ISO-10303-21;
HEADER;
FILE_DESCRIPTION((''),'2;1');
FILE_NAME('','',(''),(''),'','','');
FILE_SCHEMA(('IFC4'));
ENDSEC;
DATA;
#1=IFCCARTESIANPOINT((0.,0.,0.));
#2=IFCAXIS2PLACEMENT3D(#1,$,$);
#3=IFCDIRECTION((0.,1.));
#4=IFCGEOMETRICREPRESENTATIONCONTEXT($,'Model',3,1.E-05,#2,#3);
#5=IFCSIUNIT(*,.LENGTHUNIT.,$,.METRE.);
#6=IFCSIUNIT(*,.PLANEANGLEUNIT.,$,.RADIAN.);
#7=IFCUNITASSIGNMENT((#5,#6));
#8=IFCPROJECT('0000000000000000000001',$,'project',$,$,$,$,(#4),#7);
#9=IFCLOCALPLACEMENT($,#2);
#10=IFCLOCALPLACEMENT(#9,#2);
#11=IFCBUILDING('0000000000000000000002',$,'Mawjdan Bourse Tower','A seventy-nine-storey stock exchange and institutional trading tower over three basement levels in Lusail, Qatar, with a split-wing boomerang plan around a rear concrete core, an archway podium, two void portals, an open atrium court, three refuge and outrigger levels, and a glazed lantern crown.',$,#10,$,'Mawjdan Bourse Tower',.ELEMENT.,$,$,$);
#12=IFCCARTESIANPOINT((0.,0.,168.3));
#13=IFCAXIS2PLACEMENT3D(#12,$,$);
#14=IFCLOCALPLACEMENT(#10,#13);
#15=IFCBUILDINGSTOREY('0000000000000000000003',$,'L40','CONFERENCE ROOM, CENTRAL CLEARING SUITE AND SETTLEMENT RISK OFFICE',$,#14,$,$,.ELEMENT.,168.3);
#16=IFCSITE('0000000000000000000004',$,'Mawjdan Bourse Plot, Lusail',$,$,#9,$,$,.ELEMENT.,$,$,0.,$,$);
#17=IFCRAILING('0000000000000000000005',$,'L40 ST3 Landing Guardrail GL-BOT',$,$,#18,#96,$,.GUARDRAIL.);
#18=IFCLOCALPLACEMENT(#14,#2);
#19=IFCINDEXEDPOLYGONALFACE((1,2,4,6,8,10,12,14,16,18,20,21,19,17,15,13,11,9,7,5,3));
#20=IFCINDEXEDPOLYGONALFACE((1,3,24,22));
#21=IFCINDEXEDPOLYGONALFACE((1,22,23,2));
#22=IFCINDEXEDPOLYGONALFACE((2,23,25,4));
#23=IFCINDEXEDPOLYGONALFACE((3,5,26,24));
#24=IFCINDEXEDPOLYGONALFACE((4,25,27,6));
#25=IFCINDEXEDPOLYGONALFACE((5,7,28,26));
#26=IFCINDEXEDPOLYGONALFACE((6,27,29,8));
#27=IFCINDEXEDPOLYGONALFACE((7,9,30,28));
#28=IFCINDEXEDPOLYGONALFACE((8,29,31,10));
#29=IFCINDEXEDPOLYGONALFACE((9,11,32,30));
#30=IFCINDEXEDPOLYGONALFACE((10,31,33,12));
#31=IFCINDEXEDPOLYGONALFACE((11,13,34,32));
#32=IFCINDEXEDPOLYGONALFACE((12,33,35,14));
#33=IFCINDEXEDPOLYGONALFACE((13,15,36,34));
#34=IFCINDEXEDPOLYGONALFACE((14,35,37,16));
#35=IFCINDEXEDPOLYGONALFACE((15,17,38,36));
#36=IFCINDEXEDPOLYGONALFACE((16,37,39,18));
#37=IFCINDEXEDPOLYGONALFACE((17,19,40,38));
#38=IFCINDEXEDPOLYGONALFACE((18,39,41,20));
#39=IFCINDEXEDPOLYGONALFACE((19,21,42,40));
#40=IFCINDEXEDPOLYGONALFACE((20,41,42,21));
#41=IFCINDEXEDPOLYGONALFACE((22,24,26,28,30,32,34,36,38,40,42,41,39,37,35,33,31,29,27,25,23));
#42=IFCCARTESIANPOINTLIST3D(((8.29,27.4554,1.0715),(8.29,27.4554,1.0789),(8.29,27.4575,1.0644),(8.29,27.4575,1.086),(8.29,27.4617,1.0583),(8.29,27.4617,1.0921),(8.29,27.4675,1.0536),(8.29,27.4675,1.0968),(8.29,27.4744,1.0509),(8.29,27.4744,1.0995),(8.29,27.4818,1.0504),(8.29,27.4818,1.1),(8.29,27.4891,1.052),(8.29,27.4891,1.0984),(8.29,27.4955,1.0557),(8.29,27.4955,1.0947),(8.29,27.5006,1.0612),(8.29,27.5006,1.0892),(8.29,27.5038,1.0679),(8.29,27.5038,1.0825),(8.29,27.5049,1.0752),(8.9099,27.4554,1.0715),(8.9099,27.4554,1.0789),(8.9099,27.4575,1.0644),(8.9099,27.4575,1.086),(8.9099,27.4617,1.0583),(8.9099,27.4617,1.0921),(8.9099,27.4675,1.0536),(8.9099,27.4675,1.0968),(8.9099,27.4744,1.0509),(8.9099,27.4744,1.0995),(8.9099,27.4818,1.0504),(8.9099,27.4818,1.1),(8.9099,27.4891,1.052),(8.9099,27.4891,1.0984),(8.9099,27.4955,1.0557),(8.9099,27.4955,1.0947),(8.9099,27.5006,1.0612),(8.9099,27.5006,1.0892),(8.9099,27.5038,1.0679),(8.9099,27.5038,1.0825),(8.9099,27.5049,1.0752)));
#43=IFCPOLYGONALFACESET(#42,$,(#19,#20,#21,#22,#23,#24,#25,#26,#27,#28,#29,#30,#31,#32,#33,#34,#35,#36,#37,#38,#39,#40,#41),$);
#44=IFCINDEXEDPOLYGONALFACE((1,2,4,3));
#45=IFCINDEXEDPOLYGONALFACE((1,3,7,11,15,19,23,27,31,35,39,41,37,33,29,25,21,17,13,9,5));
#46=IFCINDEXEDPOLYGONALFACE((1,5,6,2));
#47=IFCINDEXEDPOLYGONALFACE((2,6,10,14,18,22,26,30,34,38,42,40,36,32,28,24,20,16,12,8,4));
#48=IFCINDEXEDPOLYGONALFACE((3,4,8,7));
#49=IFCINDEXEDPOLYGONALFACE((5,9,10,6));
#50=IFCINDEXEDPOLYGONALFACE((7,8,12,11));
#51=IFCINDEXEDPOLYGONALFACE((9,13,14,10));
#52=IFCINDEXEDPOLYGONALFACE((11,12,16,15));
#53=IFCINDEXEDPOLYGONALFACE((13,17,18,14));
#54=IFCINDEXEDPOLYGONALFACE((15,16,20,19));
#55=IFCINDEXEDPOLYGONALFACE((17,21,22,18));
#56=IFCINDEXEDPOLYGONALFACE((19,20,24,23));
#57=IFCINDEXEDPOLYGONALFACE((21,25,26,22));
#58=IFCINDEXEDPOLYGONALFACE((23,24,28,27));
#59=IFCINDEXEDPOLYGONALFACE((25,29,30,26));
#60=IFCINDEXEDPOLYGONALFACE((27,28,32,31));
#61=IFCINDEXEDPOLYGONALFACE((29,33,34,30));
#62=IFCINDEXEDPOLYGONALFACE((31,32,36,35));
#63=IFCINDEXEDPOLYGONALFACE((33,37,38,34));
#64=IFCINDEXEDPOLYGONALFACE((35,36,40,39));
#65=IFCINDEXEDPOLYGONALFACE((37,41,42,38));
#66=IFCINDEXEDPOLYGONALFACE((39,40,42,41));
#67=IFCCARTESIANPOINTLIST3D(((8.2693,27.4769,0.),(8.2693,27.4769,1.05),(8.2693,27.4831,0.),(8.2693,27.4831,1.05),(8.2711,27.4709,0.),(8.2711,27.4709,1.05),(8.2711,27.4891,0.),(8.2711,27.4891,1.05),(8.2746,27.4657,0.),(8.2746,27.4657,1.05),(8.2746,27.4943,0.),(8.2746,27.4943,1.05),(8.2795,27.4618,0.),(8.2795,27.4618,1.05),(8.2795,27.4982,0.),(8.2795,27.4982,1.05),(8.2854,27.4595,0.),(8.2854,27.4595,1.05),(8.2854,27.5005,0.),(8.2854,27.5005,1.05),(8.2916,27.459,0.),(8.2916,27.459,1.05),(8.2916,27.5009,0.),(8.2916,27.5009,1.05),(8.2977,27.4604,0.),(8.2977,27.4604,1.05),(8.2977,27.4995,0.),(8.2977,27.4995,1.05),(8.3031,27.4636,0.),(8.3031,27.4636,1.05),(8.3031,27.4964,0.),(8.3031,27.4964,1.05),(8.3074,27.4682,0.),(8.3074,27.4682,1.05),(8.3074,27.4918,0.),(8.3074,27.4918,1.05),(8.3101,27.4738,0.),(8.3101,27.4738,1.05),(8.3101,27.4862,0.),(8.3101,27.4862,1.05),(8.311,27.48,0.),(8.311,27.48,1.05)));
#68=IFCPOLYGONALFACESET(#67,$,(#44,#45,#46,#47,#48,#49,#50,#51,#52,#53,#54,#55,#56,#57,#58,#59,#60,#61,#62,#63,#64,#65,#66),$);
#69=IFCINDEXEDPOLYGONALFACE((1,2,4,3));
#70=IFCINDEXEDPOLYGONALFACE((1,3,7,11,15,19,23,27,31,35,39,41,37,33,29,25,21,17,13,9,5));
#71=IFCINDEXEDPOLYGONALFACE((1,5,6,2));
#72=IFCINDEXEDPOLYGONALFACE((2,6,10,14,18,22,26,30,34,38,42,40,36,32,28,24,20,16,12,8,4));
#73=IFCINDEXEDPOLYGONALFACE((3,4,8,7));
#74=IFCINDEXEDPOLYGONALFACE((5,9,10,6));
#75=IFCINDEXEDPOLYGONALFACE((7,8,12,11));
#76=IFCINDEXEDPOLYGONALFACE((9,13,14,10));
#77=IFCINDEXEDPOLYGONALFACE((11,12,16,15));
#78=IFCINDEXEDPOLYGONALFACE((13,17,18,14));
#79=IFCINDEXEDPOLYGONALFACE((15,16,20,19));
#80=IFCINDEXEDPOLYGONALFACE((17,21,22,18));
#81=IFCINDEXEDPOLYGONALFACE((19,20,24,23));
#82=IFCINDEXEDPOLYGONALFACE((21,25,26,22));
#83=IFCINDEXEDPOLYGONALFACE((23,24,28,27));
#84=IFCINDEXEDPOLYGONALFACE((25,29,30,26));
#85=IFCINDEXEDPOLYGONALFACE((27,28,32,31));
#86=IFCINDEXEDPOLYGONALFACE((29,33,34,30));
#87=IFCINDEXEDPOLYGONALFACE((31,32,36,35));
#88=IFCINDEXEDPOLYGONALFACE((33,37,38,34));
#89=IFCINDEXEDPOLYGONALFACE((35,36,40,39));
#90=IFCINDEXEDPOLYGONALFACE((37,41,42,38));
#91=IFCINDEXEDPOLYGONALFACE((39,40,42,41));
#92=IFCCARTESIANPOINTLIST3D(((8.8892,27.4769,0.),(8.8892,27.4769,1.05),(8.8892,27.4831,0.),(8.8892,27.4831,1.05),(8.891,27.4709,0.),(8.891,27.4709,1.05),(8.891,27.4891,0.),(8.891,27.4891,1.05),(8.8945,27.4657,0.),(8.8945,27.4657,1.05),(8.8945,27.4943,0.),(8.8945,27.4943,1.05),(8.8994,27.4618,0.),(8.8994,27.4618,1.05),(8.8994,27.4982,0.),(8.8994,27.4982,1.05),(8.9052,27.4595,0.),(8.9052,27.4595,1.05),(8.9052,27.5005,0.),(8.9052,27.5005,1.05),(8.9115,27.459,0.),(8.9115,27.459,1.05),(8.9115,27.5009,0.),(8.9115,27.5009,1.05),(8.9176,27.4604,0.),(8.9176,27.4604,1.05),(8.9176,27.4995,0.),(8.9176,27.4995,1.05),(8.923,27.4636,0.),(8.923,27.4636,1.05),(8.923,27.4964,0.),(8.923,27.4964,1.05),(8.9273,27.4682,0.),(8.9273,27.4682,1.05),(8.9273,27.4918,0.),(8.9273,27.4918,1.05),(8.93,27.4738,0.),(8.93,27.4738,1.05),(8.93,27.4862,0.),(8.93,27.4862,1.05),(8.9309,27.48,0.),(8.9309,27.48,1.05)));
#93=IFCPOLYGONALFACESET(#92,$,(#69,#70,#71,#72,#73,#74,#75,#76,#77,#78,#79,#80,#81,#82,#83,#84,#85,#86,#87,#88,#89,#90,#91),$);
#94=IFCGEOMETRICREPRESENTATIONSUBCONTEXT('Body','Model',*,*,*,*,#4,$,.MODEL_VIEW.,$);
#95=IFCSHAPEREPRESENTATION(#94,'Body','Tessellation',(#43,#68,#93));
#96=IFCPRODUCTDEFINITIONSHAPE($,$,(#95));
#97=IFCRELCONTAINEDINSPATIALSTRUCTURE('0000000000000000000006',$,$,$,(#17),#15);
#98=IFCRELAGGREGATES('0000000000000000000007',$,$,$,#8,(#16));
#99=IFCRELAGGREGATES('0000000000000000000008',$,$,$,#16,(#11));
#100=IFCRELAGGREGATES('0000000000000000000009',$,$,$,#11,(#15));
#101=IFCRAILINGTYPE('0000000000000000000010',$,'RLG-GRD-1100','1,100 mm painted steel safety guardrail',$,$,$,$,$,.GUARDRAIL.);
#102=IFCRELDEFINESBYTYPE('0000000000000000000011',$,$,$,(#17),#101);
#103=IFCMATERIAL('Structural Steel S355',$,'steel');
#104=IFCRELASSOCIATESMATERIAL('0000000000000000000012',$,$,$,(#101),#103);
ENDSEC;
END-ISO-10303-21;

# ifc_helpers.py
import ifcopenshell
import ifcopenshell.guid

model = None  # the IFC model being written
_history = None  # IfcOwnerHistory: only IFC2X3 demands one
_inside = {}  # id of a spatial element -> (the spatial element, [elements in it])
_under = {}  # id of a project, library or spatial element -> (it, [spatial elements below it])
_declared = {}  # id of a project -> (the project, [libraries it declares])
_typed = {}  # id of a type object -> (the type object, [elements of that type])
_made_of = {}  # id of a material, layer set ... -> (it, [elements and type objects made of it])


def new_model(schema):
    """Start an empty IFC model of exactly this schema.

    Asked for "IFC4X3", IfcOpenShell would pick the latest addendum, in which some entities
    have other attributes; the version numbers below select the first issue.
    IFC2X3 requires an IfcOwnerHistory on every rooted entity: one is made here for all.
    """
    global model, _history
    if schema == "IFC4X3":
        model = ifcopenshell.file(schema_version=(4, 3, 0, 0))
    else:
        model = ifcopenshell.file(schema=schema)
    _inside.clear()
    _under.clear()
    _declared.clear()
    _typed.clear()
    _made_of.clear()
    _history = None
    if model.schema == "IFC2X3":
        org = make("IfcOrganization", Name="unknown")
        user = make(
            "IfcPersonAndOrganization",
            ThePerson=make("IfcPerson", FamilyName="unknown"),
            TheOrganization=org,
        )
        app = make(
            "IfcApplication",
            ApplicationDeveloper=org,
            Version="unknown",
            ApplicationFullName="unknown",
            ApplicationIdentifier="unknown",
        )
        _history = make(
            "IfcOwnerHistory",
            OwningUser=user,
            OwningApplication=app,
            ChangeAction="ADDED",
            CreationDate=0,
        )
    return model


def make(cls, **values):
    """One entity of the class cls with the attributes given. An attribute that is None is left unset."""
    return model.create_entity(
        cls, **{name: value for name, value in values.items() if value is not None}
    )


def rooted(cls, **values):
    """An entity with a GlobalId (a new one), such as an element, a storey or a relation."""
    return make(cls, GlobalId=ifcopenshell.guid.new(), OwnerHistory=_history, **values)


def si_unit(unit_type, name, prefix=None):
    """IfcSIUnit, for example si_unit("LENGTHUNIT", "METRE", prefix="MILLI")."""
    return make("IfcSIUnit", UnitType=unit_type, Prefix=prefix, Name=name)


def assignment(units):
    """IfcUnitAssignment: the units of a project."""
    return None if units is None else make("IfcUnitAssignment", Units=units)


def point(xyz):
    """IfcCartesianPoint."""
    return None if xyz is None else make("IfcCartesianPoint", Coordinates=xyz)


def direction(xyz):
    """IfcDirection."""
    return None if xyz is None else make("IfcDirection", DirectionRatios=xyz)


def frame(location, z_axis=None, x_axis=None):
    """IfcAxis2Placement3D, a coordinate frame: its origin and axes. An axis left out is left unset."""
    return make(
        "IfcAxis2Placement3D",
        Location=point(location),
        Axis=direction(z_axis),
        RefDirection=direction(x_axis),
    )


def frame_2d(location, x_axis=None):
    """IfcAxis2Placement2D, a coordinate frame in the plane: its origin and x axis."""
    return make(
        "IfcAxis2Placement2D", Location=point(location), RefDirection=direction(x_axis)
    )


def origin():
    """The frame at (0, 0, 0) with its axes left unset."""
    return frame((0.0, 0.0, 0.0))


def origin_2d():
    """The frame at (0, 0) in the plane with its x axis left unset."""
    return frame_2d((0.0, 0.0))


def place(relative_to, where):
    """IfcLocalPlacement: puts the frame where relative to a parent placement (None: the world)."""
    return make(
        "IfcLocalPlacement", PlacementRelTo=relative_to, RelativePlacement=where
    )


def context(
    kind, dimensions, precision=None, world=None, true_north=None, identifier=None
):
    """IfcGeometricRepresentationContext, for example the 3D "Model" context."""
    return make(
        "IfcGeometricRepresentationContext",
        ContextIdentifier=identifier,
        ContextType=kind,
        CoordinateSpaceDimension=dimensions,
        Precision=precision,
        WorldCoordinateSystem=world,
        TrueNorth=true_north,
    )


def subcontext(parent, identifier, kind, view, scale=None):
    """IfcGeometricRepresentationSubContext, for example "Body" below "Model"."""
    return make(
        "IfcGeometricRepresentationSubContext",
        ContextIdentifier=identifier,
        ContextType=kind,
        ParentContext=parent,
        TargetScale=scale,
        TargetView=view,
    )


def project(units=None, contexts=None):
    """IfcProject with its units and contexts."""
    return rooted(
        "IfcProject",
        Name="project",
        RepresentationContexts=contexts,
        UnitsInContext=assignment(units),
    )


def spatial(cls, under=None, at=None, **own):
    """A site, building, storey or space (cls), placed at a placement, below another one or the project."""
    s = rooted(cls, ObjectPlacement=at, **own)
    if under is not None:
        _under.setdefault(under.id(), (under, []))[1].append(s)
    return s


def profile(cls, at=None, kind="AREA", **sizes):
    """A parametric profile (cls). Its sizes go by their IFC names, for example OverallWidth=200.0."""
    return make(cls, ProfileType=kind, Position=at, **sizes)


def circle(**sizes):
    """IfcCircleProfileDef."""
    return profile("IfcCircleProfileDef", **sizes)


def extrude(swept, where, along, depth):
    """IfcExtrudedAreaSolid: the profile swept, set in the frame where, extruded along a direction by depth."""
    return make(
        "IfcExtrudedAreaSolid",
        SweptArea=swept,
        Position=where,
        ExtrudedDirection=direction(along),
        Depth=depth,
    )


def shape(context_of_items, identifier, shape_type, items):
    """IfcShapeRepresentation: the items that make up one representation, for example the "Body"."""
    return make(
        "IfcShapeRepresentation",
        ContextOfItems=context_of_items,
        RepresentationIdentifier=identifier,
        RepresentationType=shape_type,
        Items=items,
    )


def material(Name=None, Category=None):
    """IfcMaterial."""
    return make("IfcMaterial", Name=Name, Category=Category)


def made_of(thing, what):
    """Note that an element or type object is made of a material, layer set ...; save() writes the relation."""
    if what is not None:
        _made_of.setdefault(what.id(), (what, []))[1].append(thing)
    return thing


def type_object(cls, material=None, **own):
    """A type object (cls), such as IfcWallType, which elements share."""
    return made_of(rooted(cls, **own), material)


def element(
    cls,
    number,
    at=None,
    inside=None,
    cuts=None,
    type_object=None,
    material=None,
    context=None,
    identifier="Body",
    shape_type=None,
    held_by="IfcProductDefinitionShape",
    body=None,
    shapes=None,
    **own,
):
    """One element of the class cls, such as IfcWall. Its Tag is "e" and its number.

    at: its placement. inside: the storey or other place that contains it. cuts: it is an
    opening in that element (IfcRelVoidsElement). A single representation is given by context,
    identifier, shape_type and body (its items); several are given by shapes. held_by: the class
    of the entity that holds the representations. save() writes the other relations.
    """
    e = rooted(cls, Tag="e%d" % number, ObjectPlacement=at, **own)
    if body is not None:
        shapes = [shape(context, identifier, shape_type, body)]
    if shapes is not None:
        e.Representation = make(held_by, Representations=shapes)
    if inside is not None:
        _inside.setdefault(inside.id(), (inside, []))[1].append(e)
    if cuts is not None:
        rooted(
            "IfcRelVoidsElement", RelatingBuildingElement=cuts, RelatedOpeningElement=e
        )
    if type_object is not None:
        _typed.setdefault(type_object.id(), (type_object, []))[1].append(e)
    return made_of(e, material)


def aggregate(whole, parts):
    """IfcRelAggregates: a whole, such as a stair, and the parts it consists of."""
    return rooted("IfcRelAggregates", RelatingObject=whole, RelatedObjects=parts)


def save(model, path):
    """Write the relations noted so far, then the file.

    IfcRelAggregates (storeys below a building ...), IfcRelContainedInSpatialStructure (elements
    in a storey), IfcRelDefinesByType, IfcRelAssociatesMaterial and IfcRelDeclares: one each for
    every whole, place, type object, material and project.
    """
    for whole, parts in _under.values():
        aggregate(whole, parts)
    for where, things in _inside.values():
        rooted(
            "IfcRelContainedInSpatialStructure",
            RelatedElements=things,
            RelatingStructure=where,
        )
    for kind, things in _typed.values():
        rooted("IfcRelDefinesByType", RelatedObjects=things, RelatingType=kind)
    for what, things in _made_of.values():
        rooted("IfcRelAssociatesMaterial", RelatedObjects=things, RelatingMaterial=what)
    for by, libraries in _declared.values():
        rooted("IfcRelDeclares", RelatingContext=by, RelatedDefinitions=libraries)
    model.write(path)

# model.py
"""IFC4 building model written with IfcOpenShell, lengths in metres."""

from ifc_helpers import new_model, si_unit, direction, frame, origin, origin_2d, place, context, subcontext, project, spatial, circle, extrude, material, type_object, element, save


model = new_model("IFC4")

# Units and contexts
model_context = context("Model", 3, precision=1e-05, world=origin(), true_north=direction((0.0, 1.0)))
body_context = subcontext(model_context, "Body", "Model", "MODEL_VIEW")
ifc_project = project(units=[si_unit("LENGTHUNIT", "METRE"), si_unit("PLANEANGLEUNIT", "RADIAN")], contexts=[model_context])

# Site, building, storey
site_placement = place(None, origin())
site = spatial("IfcSite", under=ifc_project, at=site_placement, Name="Mawjdan Bourse Plot, Lusail", CompositionType="ELEMENT", RefElevation=0.0)
building_placement = place(site_placement, origin())
building = spatial("IfcBuilding", under=site, at=building_placement, Name="Mawjdan Bourse Tower", Description="A seventy-nine-storey stock exchange and institutional trading tower over three basement levels in Lusail, Qatar, with a split-wing boomerang plan around a rear concrete core, an archway podium, two void portals, an open atrium court, three refuge and outrigger levels, and a glazed lantern crown.", LongName="Mawjdan Bourse Tower", CompositionType="ELEMENT")
storey_placement = place(building_placement, frame((0.0, 0.0, 168.3)))
storey = spatial("IfcBuildingStorey", under=building, at=storey_placement, Name="L40", Description="CONFERENCE ROOM, CENTRAL CLEARING SUITE AND SETTLEMENT RISK OFFICE", CompositionType="ELEMENT", Elevation=168.3)

# Shared definitions
ifc_material_1 = material(Name="Structural Steel S355", Category="steel")

# Railing
railing_type_1 = type_object("IfcRailingType", Name="RLG-GRD-1100", Description="1,100 mm painted steel safety guardrail", PredefinedType="GUARDRAIL", material=ifc_material_1)
for number, where, name in (
    (1, (8.29, 27.48, 0.0), "L40 ST3 Landing Guardrail GL-BOT"),
):
    element("IfcRailing", number, at=place(storey_placement, frame(where)), inside=storey, type_object=railing_type_1, Name=name, PredefinedType="GUARDRAIL", context=body_context, shape_type="SweptSolid", body=[
        extrude(circle(Radius=0.0249, at=origin_2d()), frame((0.0, 0.0, 1.0752), z_axis=(1.0, 0.0, 0.0), x_axis=(0.0, 1.0, 0.0)), (0.0, 0.0, 1.0), 0.6199),
        extrude(circle(Radius=0.021, at=origin_2d()), origin(), (0.0, 0.0, 1.0), 1.05),
        extrude(circle(Radius=0.021, at=origin_2d()), frame((0.6199, 0.0, 0.0)), (0.0, 0.0, 1.0), 1.05),
    ])

save(model, "model.ifc")
